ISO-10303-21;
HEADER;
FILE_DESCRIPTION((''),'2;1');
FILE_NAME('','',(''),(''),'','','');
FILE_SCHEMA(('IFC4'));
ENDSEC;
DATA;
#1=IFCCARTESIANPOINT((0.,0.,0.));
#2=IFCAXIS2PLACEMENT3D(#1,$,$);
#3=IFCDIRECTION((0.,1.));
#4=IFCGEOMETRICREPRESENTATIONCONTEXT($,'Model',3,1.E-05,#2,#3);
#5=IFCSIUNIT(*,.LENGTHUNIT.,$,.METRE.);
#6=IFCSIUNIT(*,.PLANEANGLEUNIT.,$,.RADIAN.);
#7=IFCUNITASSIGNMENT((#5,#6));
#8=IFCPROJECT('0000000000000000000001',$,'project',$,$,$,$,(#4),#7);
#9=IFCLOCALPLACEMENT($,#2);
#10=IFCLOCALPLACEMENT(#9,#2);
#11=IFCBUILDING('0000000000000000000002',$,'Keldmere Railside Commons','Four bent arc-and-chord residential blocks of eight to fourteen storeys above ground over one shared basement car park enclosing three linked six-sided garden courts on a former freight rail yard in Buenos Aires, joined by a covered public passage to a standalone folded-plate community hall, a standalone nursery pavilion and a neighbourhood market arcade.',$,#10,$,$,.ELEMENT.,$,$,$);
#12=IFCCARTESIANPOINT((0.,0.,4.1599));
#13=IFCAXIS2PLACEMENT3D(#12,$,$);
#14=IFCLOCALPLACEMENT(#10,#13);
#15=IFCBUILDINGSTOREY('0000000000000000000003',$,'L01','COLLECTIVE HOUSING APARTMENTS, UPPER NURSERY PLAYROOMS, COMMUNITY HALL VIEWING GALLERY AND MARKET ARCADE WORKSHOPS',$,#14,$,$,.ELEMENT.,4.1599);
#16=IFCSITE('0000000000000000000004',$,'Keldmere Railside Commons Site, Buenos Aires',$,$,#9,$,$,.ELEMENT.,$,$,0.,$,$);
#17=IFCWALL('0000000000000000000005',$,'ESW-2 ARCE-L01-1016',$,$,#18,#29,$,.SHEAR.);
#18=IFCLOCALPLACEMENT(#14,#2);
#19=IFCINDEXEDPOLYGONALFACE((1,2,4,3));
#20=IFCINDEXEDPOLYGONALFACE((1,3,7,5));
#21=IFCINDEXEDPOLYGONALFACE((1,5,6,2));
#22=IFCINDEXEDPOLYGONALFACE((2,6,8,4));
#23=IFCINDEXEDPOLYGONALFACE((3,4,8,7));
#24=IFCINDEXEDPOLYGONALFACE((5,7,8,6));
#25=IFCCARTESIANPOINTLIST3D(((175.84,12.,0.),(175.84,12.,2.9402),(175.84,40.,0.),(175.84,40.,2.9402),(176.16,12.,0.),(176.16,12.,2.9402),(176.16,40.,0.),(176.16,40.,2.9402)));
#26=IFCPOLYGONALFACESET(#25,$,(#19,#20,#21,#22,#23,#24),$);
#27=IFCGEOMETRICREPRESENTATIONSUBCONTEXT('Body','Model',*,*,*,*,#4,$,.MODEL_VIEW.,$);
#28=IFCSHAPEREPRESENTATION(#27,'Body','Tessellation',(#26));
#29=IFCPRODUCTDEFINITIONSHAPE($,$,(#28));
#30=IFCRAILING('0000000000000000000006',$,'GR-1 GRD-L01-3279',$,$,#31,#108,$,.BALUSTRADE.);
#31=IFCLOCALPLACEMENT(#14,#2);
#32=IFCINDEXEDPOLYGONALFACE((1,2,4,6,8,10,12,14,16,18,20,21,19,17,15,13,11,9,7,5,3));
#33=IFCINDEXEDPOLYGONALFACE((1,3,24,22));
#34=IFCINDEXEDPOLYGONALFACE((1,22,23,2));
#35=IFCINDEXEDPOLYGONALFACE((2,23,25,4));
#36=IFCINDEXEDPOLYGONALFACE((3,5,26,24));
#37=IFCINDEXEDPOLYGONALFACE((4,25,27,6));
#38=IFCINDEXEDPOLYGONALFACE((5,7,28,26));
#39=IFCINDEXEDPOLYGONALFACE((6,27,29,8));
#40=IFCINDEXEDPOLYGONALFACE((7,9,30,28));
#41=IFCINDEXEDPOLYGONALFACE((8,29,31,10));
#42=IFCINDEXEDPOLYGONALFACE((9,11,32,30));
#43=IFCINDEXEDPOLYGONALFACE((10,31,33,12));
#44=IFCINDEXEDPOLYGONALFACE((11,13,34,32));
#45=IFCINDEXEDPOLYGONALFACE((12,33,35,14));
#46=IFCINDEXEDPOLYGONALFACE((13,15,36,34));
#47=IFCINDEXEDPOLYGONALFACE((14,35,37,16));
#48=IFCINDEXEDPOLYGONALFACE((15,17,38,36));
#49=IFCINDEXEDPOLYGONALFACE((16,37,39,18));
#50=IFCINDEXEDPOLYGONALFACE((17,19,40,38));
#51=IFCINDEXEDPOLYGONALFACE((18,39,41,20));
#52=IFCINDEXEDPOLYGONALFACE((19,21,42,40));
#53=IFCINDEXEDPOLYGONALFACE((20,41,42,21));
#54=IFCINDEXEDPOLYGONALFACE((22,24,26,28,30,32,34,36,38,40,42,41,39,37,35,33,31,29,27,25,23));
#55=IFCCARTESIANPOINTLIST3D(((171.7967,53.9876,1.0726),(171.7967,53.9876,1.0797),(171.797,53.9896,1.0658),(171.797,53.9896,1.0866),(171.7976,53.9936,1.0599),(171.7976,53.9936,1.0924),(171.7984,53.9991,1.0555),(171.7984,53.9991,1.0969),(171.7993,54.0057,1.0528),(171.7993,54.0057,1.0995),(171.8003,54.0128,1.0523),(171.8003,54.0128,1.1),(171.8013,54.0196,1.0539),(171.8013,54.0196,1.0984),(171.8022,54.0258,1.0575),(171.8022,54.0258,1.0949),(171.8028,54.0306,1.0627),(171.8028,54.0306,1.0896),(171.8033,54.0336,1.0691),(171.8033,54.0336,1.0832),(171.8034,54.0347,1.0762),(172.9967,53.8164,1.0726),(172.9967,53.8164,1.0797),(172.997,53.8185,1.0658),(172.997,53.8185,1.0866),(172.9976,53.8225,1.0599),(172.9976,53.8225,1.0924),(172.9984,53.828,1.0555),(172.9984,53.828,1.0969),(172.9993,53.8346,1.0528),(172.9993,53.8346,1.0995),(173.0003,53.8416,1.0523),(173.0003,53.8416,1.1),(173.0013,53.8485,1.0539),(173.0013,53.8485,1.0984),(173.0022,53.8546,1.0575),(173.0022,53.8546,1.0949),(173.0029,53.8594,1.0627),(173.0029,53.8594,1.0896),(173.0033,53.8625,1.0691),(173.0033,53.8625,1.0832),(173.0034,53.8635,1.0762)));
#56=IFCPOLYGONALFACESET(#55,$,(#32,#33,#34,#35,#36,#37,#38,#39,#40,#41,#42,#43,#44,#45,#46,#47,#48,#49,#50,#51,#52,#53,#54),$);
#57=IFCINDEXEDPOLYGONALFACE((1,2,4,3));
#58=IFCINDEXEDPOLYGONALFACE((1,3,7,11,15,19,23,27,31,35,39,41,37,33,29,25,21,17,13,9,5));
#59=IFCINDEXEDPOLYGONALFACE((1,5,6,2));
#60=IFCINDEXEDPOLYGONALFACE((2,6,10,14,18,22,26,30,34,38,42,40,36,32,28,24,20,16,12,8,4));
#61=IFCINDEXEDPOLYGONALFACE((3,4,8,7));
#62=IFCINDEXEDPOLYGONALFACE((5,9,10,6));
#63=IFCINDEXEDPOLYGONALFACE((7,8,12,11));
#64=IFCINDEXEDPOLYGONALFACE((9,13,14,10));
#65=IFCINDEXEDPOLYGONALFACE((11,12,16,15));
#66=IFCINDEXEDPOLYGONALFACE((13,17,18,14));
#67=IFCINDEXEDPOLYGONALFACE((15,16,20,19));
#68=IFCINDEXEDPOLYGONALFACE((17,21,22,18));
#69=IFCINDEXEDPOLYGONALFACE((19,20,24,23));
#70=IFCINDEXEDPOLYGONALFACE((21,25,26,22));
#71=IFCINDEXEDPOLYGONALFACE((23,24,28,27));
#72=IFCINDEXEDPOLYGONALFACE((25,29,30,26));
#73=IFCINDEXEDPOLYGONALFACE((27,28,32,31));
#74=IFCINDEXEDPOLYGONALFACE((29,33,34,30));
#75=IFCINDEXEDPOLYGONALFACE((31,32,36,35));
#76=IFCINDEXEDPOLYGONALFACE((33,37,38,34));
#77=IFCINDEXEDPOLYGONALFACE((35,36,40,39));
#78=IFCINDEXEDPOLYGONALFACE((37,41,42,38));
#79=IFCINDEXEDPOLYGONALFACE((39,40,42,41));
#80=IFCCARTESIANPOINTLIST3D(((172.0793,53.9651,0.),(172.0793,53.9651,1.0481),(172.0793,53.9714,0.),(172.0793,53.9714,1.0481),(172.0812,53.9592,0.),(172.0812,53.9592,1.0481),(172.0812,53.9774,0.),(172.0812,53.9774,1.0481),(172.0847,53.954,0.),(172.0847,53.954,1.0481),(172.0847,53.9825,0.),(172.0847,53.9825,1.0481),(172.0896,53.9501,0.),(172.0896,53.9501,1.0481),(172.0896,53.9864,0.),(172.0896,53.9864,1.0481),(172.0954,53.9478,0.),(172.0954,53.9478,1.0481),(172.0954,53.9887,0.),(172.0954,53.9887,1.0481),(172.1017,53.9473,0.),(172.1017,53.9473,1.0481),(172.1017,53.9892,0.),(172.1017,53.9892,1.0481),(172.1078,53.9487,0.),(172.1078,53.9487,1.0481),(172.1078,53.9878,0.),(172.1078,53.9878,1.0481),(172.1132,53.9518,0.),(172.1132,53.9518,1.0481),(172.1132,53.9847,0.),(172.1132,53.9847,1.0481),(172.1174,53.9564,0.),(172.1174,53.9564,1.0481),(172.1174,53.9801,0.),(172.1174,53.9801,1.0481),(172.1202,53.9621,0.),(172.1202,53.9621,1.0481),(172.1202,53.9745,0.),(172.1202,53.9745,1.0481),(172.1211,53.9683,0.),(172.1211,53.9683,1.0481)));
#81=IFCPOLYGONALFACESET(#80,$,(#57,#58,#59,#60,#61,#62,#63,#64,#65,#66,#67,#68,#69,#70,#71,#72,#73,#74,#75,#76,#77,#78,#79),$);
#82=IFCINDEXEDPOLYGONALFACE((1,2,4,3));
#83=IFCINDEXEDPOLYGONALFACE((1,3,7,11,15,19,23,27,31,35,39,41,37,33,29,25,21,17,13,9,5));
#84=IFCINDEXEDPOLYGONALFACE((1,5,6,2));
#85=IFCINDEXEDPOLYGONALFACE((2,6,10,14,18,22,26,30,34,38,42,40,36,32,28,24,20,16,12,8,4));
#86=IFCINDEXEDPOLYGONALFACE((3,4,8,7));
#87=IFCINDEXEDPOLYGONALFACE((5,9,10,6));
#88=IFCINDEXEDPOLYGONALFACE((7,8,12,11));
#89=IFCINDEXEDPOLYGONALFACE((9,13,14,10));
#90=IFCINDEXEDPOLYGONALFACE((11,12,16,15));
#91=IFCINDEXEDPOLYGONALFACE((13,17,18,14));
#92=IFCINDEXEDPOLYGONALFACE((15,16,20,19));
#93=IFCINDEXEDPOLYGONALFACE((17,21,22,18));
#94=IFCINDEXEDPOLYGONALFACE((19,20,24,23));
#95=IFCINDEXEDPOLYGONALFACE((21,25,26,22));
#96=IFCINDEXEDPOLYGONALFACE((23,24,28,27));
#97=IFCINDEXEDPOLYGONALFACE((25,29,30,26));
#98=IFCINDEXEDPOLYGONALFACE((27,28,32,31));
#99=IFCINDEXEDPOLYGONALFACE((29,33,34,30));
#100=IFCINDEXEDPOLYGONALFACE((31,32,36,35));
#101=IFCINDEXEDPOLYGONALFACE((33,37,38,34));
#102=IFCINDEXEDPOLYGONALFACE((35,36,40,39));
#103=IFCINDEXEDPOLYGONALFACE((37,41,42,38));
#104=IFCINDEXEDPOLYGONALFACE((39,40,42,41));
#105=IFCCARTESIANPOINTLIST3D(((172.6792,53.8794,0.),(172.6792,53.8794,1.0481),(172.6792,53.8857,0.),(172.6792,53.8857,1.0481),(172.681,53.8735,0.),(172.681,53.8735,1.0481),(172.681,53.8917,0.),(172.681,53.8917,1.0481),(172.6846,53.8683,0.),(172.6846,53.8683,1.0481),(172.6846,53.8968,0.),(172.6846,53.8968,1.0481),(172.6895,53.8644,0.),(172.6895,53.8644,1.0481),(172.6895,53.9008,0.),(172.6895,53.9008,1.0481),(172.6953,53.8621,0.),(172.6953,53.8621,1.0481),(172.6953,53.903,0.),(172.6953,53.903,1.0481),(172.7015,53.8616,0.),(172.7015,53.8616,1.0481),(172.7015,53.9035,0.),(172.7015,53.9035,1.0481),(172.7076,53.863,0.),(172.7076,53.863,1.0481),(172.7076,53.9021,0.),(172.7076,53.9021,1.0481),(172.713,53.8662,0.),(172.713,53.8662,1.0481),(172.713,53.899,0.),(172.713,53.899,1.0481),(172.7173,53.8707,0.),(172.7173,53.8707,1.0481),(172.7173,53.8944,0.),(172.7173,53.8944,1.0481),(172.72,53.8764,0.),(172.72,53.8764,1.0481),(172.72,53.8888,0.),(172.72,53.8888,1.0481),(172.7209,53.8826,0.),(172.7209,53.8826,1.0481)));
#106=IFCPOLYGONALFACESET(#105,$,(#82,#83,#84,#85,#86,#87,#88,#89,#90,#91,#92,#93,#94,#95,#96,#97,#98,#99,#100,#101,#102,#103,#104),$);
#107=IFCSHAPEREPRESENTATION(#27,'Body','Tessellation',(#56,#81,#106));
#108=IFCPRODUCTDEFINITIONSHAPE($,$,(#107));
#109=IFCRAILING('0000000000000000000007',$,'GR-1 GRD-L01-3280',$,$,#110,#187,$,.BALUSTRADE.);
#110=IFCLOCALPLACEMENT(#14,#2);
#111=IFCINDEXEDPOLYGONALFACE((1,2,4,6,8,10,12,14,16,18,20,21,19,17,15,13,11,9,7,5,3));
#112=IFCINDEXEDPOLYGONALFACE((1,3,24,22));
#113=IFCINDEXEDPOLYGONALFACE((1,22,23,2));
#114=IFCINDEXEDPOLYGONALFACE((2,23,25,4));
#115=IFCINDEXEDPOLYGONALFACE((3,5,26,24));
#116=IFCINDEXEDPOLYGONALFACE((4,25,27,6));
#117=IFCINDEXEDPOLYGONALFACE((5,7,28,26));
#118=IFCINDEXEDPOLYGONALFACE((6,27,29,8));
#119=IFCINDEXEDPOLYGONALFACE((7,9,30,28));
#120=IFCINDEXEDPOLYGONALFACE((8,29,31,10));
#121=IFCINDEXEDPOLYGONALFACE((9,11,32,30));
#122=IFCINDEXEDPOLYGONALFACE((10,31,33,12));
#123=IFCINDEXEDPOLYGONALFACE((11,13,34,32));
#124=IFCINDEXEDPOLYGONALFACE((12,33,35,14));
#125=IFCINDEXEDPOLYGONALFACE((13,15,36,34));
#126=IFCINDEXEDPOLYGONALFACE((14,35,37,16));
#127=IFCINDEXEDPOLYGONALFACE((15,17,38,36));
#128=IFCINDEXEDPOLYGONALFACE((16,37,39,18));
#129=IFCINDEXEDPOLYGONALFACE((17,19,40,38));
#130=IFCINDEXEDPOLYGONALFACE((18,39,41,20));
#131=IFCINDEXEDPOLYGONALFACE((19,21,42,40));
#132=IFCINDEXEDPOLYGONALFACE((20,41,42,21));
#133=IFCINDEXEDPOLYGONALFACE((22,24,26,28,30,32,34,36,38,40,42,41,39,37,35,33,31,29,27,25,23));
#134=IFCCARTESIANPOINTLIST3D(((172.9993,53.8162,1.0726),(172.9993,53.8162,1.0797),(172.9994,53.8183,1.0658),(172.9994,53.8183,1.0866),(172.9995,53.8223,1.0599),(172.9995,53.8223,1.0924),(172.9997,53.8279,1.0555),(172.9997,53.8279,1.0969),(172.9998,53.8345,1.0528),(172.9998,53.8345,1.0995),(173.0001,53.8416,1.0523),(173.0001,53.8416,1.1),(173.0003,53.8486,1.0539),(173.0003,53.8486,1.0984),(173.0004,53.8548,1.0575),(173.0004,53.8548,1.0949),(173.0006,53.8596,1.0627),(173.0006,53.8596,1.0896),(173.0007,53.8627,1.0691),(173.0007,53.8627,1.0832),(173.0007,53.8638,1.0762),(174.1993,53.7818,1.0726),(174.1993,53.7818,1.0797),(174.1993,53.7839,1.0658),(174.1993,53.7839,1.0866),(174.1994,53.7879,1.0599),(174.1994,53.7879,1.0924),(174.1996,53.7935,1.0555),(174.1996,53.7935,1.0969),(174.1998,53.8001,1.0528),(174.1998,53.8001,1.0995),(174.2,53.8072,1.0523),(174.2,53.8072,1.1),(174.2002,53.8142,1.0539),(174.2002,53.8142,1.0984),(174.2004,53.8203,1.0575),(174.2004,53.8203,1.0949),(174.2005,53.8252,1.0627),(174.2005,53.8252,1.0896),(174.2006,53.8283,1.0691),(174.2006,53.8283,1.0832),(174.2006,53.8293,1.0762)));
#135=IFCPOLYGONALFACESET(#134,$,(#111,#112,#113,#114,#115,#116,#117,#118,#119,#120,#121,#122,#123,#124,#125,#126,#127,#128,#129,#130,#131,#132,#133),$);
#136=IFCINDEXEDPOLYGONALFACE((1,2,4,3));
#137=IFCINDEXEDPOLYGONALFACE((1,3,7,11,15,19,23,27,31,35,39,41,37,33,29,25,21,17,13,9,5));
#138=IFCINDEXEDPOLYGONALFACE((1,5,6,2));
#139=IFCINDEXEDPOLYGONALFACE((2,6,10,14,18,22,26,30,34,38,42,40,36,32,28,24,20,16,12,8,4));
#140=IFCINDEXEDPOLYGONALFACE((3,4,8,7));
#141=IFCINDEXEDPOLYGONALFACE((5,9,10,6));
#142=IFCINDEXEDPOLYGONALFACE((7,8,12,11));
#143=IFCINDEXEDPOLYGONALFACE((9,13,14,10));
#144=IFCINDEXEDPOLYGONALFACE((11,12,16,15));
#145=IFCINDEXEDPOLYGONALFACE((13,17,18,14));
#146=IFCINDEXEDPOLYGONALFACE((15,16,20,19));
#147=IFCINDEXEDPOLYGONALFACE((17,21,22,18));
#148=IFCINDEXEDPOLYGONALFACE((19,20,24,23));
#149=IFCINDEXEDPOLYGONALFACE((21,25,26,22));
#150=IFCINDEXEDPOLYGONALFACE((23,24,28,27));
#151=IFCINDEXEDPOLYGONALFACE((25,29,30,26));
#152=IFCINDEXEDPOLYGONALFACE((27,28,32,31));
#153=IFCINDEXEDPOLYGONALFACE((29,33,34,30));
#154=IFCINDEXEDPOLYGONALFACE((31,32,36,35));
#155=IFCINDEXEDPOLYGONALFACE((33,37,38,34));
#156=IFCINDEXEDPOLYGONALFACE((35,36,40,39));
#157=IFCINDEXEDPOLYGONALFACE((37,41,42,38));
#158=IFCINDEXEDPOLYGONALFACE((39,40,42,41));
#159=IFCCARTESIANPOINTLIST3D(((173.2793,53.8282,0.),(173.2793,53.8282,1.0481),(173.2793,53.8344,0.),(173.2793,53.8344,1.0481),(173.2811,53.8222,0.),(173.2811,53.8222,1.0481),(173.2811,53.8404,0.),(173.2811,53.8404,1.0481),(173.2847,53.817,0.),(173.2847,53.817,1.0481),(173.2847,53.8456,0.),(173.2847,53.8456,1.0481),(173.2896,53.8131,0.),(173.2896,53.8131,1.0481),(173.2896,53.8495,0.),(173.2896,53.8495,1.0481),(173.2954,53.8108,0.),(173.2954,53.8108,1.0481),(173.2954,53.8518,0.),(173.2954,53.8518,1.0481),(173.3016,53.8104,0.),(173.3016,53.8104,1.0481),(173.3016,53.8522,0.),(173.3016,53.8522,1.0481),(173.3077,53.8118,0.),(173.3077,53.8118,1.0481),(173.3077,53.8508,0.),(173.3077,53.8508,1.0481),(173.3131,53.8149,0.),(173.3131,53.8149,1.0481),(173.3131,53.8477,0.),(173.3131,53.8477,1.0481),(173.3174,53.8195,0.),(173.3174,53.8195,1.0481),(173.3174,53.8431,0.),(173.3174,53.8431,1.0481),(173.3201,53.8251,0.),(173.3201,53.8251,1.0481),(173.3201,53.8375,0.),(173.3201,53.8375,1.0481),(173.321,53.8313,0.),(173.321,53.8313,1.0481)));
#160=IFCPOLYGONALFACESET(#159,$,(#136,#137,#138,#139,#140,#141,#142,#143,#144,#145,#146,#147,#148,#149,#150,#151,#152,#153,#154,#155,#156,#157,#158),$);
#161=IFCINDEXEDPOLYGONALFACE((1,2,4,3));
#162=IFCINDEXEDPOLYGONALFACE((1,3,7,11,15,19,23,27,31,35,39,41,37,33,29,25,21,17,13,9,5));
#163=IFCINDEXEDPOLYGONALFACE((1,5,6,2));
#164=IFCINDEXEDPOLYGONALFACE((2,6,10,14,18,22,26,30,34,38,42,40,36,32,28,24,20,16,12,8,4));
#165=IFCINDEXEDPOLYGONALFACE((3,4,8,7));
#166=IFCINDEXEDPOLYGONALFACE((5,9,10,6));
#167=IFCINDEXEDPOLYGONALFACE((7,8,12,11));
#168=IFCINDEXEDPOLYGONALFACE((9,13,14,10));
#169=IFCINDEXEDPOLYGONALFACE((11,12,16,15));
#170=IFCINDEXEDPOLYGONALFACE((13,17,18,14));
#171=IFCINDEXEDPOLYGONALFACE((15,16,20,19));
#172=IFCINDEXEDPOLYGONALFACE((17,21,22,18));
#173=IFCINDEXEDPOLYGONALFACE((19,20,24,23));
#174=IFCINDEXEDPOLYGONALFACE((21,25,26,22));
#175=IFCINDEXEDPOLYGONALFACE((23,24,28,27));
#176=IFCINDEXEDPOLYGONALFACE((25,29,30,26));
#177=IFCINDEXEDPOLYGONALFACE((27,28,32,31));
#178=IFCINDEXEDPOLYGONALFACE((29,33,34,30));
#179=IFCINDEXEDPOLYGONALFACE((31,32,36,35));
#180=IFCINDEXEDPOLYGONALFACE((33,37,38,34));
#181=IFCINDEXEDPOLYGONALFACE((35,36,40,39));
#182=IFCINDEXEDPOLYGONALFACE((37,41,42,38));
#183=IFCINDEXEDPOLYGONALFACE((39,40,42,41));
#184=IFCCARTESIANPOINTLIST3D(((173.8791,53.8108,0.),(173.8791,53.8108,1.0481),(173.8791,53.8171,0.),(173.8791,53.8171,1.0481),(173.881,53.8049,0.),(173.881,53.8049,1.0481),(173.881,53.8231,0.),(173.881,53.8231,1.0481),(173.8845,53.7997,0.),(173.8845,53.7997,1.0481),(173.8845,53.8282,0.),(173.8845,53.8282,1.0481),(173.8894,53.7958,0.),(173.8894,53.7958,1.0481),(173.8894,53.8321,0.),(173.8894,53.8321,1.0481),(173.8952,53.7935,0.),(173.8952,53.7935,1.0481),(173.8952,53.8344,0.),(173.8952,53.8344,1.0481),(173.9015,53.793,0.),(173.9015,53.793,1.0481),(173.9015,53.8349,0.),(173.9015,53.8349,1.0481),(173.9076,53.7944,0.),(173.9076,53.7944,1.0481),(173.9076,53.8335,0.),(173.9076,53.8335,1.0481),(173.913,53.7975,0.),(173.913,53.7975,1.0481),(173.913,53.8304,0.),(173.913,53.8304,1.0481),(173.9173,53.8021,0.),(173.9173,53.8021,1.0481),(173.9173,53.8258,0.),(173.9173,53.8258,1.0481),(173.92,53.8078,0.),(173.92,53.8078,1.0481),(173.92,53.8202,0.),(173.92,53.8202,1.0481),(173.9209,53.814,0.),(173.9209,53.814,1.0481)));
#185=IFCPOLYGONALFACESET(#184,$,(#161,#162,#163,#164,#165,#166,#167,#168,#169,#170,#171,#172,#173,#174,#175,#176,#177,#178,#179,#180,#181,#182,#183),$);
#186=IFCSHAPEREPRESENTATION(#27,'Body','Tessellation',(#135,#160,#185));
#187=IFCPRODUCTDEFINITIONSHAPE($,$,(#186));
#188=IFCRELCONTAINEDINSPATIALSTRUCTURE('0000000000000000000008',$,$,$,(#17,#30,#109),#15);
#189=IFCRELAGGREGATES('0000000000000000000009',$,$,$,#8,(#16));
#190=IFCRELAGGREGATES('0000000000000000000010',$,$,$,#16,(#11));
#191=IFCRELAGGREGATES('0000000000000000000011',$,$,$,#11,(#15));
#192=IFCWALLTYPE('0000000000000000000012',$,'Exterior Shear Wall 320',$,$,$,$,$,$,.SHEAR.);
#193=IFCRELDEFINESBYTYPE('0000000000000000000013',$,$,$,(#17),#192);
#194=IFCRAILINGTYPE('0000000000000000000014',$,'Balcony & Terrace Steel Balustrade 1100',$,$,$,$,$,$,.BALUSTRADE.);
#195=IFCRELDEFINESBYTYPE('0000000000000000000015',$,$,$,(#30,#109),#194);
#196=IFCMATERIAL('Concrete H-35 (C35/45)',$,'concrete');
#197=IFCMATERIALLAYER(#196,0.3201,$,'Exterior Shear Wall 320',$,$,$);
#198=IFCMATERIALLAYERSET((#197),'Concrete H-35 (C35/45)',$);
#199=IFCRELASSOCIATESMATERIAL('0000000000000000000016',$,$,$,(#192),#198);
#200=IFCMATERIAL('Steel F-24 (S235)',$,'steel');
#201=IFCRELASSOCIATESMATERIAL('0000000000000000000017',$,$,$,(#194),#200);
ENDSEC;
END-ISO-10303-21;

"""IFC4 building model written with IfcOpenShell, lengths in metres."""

from ifc_helpers import new_model, si_unit, direction, frame, frame_2d, origin, origin_2d, place, context, subcontext, project, spatial, rectangle, circle, extrude, material, layer, layer_set, type_object, element, save


model = new_model("IFC4")

# Units and contexts
model_context = context("Model", 3, precision=1e-05, world=origin(), true_north=direction((0.0, 1.0)))
body_context = subcontext(model_context, "Body", "Model", "MODEL_VIEW")
ifc_project = project(units=[si_unit("LENGTHUNIT", "METRE"), si_unit("PLANEANGLEUNIT", "RADIAN")], contexts=[model_context])

# Site, building, storey
site_placement = place(None, origin())
site = spatial("IfcSite", under=ifc_project, at=site_placement, Name="Keldmere Railside Commons Site, Buenos Aires", CompositionType="ELEMENT", RefElevation=0.0)
building_placement = place(site_placement, origin())
building = spatial("IfcBuilding", under=site, at=building_placement, Name="Keldmere Railside Commons", Description="Four bent arc-and-chord residential blocks of eight to fourteen storeys above ground over one shared basement car park enclosing three linked six-sided garden courts on a former freight rail yard in Buenos Aires, joined by a covered public passage to a standalone folded-plate community hall, a standalone nursery pavilion and a neighbourhood market arcade.", CompositionType="ELEMENT")
storey_placement = place(building_placement, frame((0.0, 0.0, 4.1599)))
storey = spatial("IfcBuildingStorey", under=building, at=storey_placement, Name="L01", Description="COLLECTIVE HOUSING APARTMENTS, UPPER NURSERY PLAYROOMS, COMMUNITY HALL VIEWING GALLERY AND MARKET ARCADE WORKSHOPS", CompositionType="ELEMENT", Elevation=4.1599)

# Wall
ifc_material_1 = material(Name="Concrete H-35 (C35/45)", Category="concrete")
ifc_layer_1 = layer(ifc_material_1, 0.3201, Name="Exterior Shear Wall 320")
ifc_layer_set_1 = layer_set([ifc_layer_1], Name="Concrete H-35 (C35/45)")
wall_type = type_object("IfcWallType", Name="Exterior Shear Wall 320", PredefinedType="SHEAR", material=ifc_layer_set_1)
wall_placement = place(storey_placement, frame((176.0, 40.0, 0.0), z_axis=(0.0, 0.0, 1.0), x_axis=(0.0, -1.0, 0.0)))
element("IfcWall", 1, at=wall_placement, inside=storey, type_object=wall_type, Name="ESW-2 ARCE-L01-1016", PredefinedType="SHEAR", context=body_context, shape_type="SweptSolid", body=[
    extrude(rectangle(XDim=28.0, YDim=0.3201, at=frame_2d((14.0, 0.0))), origin(), (0.0, 0.0, 1.0), 2.9402),
])

# Railings
ifc_material_2 = material(Name="Steel F-24 (S235)", Category="steel")
railing_type = type_object("IfcRailingType", Name="Balcony & Terrace Steel Balustrade 1100", PredefinedType="BALUSTRADE", material=ifc_material_2)
railing_1_placement = place(storey_placement, frame((171.8, 54.011, 0.0)))
element("IfcRailing", 2, at=railing_1_placement, inside=storey, type_object=railing_type, Name="GR-1 GRD-L01-3279", PredefinedType="BALUSTRADE", context=body_context, shape_type="SweptSolid", body=[
    extrude(circle(Radius=0.0239, at=origin_2d()), frame((0.0, 0.0, 1.0762), z_axis=(0.989982, -0.141196, 0.0), x_axis=(0.141196, 0.989982, 0.0)), (0.0, 0.0, 1.0), 1.2122),
    extrude(circle(Radius=0.021, at=origin_2d()), frame((0.3, -0.0427, 0.0)), (0.0, 0.0, 1.0), 1.0481),
    extrude(circle(Radius=0.021, at=origin_2d()), frame((0.8999, -0.1284, 0.0)), (0.0, 0.0, 1.0), 1.0481),
])
railing_2_placement = place(storey_placement, frame((173.0, 53.8398, 0.0)))
element("IfcRailing", 3, at=railing_2_placement, inside=storey, type_object=railing_type, Name="GR-1 GRD-L01-3280", PredefinedType="BALUSTRADE", context=body_context, shape_type="SweptSolid", body=[
    extrude(circle(Radius=0.0239, at=origin_2d()), frame((0.0, 0.0, 1.0762), z_axis=(0.999589, -0.028676, 0.0), x_axis=(0.028676, 0.999589, 0.0)), (0.0, 0.0, 1.0), 1.2004),
    extrude(circle(Radius=0.021, at=origin_2d()), frame((0.3, -0.0085, 0.0)), (0.0, 0.0, 1.0), 1.0481),
    extrude(circle(Radius=0.021, at=origin_2d()), frame((0.8999, -0.0259, 0.0)), (0.0, 0.0, 1.0), 1.0481),
])

save(model, "model.ifc")
